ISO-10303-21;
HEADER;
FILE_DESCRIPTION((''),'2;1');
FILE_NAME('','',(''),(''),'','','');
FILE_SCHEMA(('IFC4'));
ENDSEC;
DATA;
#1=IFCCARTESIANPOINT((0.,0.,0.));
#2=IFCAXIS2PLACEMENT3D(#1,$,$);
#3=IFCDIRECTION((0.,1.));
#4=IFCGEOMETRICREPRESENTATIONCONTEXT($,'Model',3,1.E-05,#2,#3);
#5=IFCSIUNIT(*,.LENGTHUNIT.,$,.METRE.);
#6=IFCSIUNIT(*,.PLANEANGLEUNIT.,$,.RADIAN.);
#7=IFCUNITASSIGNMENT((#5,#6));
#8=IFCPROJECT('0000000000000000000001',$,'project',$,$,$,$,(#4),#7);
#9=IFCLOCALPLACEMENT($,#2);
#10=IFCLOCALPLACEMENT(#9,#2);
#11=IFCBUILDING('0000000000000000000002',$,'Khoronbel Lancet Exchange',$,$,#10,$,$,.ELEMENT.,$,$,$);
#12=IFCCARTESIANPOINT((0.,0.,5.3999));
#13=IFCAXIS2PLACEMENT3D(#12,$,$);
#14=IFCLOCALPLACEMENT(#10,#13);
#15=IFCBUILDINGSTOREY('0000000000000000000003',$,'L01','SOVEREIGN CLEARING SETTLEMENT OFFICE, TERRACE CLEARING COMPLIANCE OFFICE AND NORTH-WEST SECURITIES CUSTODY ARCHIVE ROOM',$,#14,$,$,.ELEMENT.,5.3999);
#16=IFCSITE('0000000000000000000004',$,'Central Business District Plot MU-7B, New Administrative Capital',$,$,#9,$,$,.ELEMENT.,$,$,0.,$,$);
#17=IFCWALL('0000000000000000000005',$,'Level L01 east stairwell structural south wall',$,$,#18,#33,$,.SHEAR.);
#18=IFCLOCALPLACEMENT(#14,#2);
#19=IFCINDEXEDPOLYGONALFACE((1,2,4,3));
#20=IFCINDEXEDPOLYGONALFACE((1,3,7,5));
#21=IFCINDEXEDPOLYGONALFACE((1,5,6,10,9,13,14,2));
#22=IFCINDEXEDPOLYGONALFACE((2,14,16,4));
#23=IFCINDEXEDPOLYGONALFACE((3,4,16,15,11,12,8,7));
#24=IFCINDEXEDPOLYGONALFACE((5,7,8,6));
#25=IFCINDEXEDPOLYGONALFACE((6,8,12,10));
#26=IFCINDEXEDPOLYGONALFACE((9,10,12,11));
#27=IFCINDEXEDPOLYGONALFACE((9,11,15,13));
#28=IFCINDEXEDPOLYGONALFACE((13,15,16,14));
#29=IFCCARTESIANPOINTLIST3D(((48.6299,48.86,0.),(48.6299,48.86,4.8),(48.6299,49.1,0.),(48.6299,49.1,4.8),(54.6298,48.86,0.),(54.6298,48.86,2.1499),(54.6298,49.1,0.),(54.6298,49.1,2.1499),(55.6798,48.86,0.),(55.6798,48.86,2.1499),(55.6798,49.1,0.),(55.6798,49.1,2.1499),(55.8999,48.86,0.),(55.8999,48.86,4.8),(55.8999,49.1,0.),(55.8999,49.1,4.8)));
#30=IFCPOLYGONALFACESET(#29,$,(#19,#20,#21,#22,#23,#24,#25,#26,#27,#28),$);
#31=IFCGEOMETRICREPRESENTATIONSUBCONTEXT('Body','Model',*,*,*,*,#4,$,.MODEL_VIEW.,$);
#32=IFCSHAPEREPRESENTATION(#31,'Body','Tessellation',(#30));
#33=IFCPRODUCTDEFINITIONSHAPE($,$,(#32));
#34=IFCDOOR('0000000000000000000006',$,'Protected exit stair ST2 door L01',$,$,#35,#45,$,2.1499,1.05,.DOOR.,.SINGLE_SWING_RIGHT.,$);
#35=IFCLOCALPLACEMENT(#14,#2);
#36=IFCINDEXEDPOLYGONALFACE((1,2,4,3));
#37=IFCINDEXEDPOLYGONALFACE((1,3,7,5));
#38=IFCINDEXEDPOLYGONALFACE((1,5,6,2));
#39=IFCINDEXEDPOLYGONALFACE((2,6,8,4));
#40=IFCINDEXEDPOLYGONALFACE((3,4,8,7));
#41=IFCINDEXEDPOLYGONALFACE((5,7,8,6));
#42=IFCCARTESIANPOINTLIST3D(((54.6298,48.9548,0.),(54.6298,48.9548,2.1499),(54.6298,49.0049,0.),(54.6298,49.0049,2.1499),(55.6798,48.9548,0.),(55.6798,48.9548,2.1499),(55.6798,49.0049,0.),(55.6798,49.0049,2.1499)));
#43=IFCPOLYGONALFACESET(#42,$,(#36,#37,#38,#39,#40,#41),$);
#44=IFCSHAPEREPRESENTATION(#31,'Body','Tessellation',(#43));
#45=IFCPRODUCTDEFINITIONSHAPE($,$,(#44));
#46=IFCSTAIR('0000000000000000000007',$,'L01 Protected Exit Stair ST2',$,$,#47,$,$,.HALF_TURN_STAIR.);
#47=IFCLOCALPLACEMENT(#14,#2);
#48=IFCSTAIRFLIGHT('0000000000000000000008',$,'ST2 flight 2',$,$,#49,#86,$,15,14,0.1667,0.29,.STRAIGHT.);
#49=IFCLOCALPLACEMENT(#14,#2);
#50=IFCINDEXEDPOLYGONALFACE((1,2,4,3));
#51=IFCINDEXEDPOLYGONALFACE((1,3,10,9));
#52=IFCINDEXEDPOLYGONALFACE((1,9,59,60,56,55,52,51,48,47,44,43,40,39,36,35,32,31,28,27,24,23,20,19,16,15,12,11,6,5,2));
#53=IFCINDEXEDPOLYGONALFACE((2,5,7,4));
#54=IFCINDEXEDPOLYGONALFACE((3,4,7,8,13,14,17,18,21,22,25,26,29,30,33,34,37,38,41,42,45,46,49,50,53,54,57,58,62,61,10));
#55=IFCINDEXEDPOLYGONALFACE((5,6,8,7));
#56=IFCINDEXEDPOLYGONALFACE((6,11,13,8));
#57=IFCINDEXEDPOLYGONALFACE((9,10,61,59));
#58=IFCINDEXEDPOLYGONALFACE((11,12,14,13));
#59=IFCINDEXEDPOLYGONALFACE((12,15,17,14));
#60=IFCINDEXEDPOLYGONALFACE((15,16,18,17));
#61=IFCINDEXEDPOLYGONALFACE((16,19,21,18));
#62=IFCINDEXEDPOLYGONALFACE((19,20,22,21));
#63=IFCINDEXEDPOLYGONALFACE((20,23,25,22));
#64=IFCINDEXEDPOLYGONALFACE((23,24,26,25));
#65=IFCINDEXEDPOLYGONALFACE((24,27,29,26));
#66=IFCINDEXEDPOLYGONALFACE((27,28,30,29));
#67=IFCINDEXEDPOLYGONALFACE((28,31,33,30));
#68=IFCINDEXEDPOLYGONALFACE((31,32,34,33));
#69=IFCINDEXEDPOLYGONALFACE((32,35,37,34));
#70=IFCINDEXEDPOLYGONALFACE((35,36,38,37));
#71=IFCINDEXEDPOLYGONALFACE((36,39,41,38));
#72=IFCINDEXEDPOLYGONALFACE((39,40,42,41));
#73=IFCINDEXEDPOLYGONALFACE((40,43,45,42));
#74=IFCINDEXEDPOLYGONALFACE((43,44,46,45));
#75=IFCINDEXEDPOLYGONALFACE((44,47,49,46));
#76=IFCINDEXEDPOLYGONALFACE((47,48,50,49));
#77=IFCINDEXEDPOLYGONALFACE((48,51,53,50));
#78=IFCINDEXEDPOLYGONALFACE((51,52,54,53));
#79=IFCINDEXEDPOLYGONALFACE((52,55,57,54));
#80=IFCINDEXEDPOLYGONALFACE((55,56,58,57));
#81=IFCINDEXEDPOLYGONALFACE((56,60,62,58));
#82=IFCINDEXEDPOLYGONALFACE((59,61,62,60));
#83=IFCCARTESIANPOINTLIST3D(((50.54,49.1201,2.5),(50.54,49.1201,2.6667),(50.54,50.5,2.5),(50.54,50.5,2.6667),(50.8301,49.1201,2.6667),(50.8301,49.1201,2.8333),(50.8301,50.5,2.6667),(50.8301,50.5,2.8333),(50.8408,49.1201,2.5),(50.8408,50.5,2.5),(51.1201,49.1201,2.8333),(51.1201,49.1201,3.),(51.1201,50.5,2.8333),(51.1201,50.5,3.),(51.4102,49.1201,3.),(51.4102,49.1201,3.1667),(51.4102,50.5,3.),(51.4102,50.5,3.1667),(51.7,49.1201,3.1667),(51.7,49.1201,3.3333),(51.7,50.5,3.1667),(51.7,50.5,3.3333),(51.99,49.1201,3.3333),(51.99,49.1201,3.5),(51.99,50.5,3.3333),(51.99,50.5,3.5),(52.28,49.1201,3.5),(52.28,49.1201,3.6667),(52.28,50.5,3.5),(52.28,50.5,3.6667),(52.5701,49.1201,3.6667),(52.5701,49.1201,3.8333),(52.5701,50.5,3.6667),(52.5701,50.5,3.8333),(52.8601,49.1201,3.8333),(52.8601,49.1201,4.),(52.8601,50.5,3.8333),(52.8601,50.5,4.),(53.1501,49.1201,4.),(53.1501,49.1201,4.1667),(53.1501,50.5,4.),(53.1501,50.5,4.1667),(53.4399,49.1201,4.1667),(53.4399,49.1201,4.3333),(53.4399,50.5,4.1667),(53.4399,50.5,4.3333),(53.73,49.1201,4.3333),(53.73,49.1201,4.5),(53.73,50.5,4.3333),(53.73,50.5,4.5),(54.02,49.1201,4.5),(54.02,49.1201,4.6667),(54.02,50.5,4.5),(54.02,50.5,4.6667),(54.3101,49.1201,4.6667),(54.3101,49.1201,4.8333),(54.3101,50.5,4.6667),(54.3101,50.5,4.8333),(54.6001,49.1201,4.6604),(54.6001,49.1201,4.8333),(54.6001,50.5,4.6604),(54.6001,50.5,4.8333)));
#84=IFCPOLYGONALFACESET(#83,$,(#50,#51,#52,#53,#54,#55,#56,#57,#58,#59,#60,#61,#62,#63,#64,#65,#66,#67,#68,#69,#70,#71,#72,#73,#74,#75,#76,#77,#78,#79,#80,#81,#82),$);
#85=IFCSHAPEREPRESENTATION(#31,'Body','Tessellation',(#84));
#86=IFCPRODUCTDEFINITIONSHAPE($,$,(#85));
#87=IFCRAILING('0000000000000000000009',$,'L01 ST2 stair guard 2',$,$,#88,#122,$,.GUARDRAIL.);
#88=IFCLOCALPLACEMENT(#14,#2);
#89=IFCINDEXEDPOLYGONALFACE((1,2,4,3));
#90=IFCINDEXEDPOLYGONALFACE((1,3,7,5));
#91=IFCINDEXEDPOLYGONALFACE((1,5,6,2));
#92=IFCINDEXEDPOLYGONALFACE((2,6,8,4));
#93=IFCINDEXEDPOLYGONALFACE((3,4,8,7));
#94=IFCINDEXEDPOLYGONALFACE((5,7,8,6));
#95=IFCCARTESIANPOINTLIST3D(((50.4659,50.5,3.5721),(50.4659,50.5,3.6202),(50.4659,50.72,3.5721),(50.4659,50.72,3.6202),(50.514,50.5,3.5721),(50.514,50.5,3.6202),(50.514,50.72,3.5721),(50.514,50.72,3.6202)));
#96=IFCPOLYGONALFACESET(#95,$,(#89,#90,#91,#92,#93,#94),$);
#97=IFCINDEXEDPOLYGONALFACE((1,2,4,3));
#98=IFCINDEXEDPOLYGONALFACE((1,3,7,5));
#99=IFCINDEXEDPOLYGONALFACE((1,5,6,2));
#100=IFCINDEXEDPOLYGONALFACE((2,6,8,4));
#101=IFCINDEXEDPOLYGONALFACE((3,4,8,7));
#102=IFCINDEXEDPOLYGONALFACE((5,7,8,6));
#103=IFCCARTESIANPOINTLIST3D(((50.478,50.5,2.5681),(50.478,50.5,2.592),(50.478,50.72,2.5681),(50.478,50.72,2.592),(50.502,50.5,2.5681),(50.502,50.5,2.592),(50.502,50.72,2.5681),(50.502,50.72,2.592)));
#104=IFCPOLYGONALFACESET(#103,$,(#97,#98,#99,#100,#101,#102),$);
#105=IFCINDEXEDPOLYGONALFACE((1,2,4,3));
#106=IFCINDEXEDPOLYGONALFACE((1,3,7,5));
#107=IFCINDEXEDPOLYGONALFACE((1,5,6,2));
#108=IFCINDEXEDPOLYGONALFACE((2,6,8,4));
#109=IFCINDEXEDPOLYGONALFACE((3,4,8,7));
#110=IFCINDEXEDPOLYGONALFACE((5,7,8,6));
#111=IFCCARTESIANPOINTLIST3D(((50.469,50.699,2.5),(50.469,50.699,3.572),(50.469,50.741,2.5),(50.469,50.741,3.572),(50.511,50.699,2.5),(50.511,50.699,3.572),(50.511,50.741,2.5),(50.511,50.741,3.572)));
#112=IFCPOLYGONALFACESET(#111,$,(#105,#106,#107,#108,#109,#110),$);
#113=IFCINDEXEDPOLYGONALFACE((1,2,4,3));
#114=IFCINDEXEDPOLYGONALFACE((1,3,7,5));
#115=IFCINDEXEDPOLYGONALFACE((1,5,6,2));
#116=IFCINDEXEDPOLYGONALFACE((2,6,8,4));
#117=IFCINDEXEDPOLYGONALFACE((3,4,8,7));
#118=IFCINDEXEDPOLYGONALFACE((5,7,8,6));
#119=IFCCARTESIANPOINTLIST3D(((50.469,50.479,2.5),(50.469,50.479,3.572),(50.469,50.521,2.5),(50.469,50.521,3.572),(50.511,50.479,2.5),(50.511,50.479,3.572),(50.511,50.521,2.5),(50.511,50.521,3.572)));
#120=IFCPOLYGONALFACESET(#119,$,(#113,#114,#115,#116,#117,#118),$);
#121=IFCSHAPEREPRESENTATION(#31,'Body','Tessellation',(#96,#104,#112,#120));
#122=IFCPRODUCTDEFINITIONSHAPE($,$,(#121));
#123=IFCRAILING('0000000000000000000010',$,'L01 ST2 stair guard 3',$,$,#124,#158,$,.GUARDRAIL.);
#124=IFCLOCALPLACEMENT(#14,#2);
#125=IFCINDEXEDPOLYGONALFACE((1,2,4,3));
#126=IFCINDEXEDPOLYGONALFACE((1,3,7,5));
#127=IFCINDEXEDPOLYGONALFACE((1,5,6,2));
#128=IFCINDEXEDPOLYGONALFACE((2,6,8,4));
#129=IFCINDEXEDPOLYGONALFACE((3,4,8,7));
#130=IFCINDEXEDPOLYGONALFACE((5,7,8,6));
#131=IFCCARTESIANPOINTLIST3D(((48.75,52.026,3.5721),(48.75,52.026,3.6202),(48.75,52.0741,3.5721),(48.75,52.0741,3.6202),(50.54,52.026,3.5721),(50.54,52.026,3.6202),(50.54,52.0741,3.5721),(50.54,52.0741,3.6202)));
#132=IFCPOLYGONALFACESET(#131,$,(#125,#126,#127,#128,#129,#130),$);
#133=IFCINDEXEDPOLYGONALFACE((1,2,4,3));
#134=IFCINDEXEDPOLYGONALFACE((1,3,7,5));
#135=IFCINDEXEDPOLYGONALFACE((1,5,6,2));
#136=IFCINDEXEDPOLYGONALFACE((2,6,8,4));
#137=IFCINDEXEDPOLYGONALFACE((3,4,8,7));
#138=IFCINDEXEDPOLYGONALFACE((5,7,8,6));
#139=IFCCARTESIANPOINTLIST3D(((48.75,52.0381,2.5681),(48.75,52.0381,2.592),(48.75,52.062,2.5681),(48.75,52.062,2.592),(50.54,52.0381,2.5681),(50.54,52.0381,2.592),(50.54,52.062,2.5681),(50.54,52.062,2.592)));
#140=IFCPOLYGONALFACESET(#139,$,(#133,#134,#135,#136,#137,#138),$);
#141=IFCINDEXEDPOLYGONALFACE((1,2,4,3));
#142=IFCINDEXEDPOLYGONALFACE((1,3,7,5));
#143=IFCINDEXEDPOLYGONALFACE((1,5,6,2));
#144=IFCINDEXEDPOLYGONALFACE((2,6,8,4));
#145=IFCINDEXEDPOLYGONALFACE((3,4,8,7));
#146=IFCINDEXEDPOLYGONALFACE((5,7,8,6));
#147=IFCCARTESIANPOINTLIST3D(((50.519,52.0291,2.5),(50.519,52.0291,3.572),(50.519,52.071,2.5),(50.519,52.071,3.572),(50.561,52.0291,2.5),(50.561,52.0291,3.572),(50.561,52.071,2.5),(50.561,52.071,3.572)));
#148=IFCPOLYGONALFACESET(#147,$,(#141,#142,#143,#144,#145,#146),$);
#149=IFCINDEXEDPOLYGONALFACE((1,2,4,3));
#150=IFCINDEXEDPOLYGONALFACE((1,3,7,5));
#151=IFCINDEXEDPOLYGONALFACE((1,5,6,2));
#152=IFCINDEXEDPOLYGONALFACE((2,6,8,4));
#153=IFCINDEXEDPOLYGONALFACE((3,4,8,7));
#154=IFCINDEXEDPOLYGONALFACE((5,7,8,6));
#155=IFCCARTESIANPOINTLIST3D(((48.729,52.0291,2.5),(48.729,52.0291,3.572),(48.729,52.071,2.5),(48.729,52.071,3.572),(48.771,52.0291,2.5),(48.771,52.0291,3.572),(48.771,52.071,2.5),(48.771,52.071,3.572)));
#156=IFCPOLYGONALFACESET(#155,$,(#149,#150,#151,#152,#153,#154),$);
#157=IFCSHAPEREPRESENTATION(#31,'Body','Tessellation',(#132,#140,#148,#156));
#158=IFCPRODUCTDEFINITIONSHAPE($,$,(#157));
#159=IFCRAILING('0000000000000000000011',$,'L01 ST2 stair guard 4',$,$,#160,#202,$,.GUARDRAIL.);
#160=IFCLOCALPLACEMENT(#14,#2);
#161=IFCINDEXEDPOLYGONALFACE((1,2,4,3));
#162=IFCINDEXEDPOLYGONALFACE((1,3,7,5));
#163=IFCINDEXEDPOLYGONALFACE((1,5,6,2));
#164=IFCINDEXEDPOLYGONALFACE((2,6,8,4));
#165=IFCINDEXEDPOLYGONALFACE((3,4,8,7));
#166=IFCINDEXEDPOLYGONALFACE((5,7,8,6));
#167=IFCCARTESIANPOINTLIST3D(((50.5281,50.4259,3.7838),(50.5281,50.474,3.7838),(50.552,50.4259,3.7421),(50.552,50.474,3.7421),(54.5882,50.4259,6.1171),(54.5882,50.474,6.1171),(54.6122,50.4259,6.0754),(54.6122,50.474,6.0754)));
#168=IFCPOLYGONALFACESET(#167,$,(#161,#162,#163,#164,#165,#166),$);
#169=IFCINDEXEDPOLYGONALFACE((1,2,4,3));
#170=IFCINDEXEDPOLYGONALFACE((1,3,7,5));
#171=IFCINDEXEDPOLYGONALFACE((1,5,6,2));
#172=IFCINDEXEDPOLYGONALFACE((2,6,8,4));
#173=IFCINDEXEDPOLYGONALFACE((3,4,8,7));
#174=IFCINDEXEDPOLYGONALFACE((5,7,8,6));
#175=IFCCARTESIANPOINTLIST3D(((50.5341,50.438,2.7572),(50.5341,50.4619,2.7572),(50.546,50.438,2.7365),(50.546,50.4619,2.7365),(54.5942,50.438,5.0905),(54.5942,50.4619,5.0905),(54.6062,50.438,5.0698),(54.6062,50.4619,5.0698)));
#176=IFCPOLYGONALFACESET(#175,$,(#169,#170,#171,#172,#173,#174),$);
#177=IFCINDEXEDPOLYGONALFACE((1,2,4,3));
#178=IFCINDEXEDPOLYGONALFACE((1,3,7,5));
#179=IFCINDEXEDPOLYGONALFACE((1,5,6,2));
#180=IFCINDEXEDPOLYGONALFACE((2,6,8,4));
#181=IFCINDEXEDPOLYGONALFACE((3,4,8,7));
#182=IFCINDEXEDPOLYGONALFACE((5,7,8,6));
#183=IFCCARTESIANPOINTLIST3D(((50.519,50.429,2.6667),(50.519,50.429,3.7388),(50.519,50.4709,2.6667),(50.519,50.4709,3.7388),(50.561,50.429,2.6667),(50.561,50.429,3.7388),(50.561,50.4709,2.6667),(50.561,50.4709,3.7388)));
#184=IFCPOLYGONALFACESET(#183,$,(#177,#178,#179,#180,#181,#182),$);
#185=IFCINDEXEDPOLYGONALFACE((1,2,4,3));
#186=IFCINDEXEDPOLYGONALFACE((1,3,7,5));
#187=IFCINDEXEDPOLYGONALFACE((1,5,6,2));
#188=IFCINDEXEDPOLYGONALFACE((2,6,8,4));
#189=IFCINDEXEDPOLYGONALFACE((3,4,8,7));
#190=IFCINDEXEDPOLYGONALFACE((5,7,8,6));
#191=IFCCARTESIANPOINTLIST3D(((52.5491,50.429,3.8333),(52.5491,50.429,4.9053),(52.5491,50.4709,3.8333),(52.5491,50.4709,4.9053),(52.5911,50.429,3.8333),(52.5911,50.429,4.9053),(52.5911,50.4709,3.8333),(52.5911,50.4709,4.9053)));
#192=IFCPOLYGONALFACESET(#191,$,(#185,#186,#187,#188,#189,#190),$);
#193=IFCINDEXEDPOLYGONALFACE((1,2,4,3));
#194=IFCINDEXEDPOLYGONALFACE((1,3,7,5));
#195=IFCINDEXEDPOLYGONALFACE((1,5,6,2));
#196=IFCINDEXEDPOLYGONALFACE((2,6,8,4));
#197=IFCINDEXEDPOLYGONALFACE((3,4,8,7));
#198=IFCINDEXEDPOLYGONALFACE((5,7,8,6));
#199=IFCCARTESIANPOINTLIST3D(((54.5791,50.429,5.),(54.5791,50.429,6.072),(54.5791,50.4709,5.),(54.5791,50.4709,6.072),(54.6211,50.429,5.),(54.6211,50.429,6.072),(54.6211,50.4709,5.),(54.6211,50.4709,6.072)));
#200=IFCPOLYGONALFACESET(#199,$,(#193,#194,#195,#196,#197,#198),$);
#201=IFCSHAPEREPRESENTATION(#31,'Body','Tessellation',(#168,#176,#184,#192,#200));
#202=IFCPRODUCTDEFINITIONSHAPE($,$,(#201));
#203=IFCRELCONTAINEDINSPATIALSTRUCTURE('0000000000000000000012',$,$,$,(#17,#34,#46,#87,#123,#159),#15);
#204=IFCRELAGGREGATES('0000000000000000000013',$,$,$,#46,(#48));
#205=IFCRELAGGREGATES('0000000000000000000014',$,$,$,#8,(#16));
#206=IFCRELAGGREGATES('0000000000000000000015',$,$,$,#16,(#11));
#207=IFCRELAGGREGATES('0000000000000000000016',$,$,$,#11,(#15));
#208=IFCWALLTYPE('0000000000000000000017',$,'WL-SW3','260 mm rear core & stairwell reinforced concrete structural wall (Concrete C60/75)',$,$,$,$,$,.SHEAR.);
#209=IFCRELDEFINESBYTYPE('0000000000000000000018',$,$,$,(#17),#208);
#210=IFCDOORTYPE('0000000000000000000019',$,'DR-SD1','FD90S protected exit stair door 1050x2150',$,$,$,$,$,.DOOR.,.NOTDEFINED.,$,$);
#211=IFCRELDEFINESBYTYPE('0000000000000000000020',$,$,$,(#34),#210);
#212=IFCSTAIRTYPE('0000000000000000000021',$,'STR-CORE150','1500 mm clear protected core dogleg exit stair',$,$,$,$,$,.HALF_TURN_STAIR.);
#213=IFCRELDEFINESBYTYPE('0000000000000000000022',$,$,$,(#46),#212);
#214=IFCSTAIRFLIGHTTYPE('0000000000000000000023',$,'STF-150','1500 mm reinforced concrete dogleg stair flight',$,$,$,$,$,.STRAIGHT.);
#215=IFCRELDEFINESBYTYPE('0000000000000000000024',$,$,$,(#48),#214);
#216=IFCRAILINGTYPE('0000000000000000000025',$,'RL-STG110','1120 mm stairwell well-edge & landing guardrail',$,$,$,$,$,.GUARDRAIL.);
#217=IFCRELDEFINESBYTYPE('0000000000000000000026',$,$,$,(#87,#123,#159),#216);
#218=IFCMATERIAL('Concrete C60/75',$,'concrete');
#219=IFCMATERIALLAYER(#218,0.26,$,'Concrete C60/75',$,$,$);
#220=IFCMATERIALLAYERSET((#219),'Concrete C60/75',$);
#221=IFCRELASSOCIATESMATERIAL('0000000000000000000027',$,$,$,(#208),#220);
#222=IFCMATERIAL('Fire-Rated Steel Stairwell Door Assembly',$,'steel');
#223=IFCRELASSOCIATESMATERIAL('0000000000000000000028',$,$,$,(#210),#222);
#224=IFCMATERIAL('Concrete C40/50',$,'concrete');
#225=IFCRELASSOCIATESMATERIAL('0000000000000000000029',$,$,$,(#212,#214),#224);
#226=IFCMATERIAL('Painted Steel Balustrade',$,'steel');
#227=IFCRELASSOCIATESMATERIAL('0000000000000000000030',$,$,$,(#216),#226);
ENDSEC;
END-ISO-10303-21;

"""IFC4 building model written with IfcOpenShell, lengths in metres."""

from ifc_helpers import new_model, si_unit, direction, frame, frame_2d, origin, origin_2d, place, context, subcontext, project, spatial, polyline, rectangle, outline, extrude, material, layer, layer_set, type_object, element, fill, aggregate, save


model = new_model("IFC4")

# Units and contexts
model_context = context("Model", 3, precision=1e-05, world=origin(), true_north=direction((0.0, 1.0)))
body_context = subcontext(model_context, "Body", "Model", "MODEL_VIEW")
ifc_project = project(units=[si_unit("LENGTHUNIT", "METRE"), si_unit("PLANEANGLEUNIT", "RADIAN")], contexts=[model_context])

# Site, building, storey
site_placement = place(None, origin())
site = spatial("IfcSite", under=ifc_project, at=site_placement, Name="Central Business District Plot MU-7B, New Administrative Capital", CompositionType="ELEMENT", RefElevation=0.0)
building_placement = place(site_placement, origin())
building = spatial("IfcBuilding", under=site, at=building_placement, Name="Khoronbel Lancet Exchange", CompositionType="ELEMENT")
storey_placement = place(building_placement, frame((0.0, 0.0, 5.3999)))
storey = spatial("IfcBuildingStorey", under=building, at=storey_placement, Name="L01", Description="SOVEREIGN CLEARING SETTLEMENT OFFICE, TERRACE CLEARING COMPLIANCE OFFICE AND NORTH-WEST SECURITIES CUSTODY ARCHIVE ROOM", CompositionType="ELEMENT", Elevation=5.3999)

# Wall, opening, door
ifc_material_1 = material(Name="Concrete C60/75", Category="concrete")
ifc_layer_1 = layer(ifc_material_1, 0.26, Name="Concrete C60/75")
ifc_layer_set_1 = layer_set([ifc_layer_1], Name="Concrete C60/75")
wall_type_1 = type_object("IfcWallType", Name="WL-SW3", Description="260 mm rear core & stairwell reinforced concrete structural wall (Concrete C60/75)", PredefinedType="SHEAR", material=ifc_layer_set_1)
wall_1_placement = place(storey_placement, frame((48.6299, 48.98, 0.0), z_axis=(0.0, 0.0, 1.0), x_axis=(1.0, 0.0, 0.0)))
wall_1 = element("IfcWall", 1, at=wall_1_placement, inside=storey, type_object=wall_type_1, Name="Level L01 east stairwell structural south wall", PredefinedType="SHEAR", context=body_context, shape_type="SweptSolid", body=[
    extrude(rectangle(XDim=7.27, YDim=0.24, at=frame_2d((3.635, 0.0))), origin(), (0.0, 0.0, 1.0), 4.8),
])
opening_1_placement = place(wall_1_placement, frame((6.0, 0.0, 0.0)))
opening_1 = element("IfcOpeningElement", 2, at=opening_1_placement, cuts=wall_1, PredefinedType="OPENING", context=body_context, shape_type="SweptSolid", body=[
    extrude(rectangle(XDim=1.05, YDim=2.1499, at=frame_2d((0.5249, 1.075))), frame((0.0, 0.1299, 0.0), z_axis=(0.0, -1.0, 0.0), x_axis=(1.0, 0.0, 0.0)), (0.0, 0.0, 1.0), 0.26),
])
ifc_material_2 = material(Name="Fire-Rated Steel Stairwell Door Assembly", Category="steel")
door_type_1 = type_object("IfcDoorType", Name="DR-SD1", Description="FD90S protected exit stair door 1050x2150", OperationType="NOTDEFINED", PredefinedType="DOOR", material=ifc_material_2)
door_1_placement = place(opening_1_placement, origin())
door_1 = element("IfcDoor", 3, at=door_1_placement, inside=storey, type_object=door_type_1, Name="Protected exit stair ST2 door L01", OperationType="SINGLE_SWING_RIGHT", OverallHeight=2.1499, OverallWidth=1.05, PredefinedType="DOOR", context=body_context, shape_type="SweptSolid", body=[
    extrude(rectangle(XDim=1.05, YDim=2.1499, at=frame_2d((0.5249, 1.075))), frame((0.0, 0.0249, 0.0), z_axis=(0.0, -1.0, 0.0), x_axis=(1.0, 0.0, 0.0)), (0.0, 0.0, 1.0), 0.05),
])
fill(opening_1, door_1)

# Stair, stair flight
ifc_material_3 = material(Name="Concrete C40/50", Category="concrete")
stair_type = type_object("IfcStairType", Name="STR-CORE150", Description="1500 mm clear protected core dogleg exit stair", PredefinedType="HALF_TURN_STAIR", material=ifc_material_3)
stair_placement = place(storey_placement, origin())
stair = element("IfcStair", 4, at=stair_placement, inside=storey, type_object=stair_type, Name="L01 Protected Exit Stair ST2", PredefinedType="HALF_TURN_STAIR")
stair_flight_type = type_object("IfcStairFlightType", Name="STF-150", Description="1500 mm reinforced concrete dogleg stair flight", PredefinedType="STRAIGHT", material=ifc_material_3)
stair_flight_placement = place(storey_placement, frame((50.54, 49.8101, 2.5), z_axis=(0.0, 0.0, 1.0), x_axis=(1.0, 0.0, 0.0)))
stair_flight = element("IfcStairFlight", 5, at=stair_flight_placement, type_object=stair_flight_type, Name="ST2 flight 2", NumberOfRisers=15, NumberOfTreads=14, PredefinedType="STRAIGHT", RiserHeight=0.1667, TreadLength=0.29, context=body_context, shape_type="SweptSolid", body=[
    extrude(outline(polyline([(0.0, 0.0), (0.0, 0.1667), (0.29, 0.1667), (0.29, 0.3333), (0.5801, 0.3333), (0.5801, 0.5), (0.8701, 0.5), (0.8701, 0.6667), (1.1599, 0.6667), (1.1599, 0.8333), (1.45, 0.8333), (1.45, 1.0), (1.74, 1.0), (1.74, 1.1667), (2.03, 1.1667), (2.03, 1.3333), (2.3201, 1.3333), (2.3201, 1.5), (2.6101, 1.5), (2.6101, 1.6667), (2.8999, 1.6667), (2.8999, 1.8333), (3.1899, 1.8333), (3.1899, 2.0), (3.48, 2.0), (3.48, 2.1667), (3.77, 2.1667), (3.77, 2.3333), (4.0601, 2.3333), (4.0601, 2.5), (4.0601, 2.1604), (0.3008, 0.0), (0.0, 0.0)])), frame((0.0, 0.6899, 0.0), z_axis=(0.0, -1.0, 0.0), x_axis=(1.0, 0.0, 0.0)), (0.0, 0.0, 1.0), 1.3799),
])
aggregate(stair, [stair_flight])

# Railings
ifc_material_4 = material(Name="Painted Steel Balustrade", Category="steel")
railing_type_1 = type_object("IfcRailingType", Name="RL-STG110", Description="1120 mm stairwell well-edge & landing guardrail", PredefinedType="GUARDRAIL", material=ifc_material_4)
railing_1_placement = place(storey_placement, frame((50.49, 50.72, 2.5)))
element("IfcRailing", 6, at=railing_1_placement, inside=storey, type_object=railing_type_1, Name="L01 ST2 stair guard 2", PredefinedType="GUARDRAIL", context=body_context, shape_type="SweptSolid", body=[
    extrude(rectangle(XDim=0.0481, YDim=0.0481, at=origin_2d()), frame((0.0, 0.0, 1.0962), z_axis=(0.0, -1.0, 0.0), x_axis=(1.0, 0.0, 0.0)), (0.0, 0.0, 1.0), 0.22),
    extrude(rectangle(XDim=0.0239, YDim=0.0239, at=origin_2d()), frame((0.0, 0.0, 0.0801), z_axis=(0.0, -1.0, 0.0), x_axis=(1.0, 0.0, 0.0)), (0.0, 0.0, 1.0), 0.22),
    extrude(rectangle(XDim=0.042, YDim=0.042, at=origin_2d()), origin(), (0.0, 0.0, 1.0), 1.072),
    extrude(rectangle(XDim=0.042, YDim=0.042, at=origin_2d()), frame((0.0, -0.22, 0.0)), (0.0, 0.0, 1.0), 1.072),
])
railing_2_placement = place(storey_placement, frame((50.54, 52.05, 2.5)))
element("IfcRailing", 7, at=railing_2_placement, inside=storey, type_object=railing_type_1, Name="L01 ST2 stair guard 3", PredefinedType="GUARDRAIL", context=body_context, shape_type="SweptSolid", body=[
    extrude(rectangle(XDim=0.0481, YDim=0.0481, at=origin_2d()), frame((0.0, 0.0, 1.0962), z_axis=(-1.0, 0.0, 0.0), x_axis=(0.0, -1.0, 0.0)), (0.0, 0.0, 1.0), 1.79),
    extrude(rectangle(XDim=0.0239, YDim=0.0239, at=origin_2d()), frame((0.0, 0.0, 0.0801), z_axis=(-1.0, 0.0, 0.0), x_axis=(0.0, -1.0, 0.0)), (0.0, 0.0, 1.0), 1.79),
    extrude(rectangle(XDim=0.042, YDim=0.042, at=origin_2d()), origin(), (0.0, 0.0, 1.0), 1.072),
    extrude(rectangle(XDim=0.042, YDim=0.042, at=origin_2d()), frame((-1.79, 0.0, 0.0)), (0.0, 0.0, 1.0), 1.072),
])
railing_3_placement = place(storey_placement, frame((50.54, 50.45, 2.6667)))
element("IfcRailing", 8, at=railing_3_placement, inside=storey, type_object=railing_type_1, Name="L01 ST2 stair guard 4", PredefinedType="GUARDRAIL", context=body_context, shape_type="SweptSolid", body=[
    extrude(rectangle(XDim=0.0481, YDim=0.0481, at=origin_2d()), frame((0.0, 0.0, 1.0962), z_axis=(0.867025, 0.0, 0.498265), x_axis=(0.0, 1.0, 0.0)), (0.0, 0.0, 1.0), 4.6829),
    extrude(rectangle(XDim=0.0239, YDim=0.0239, at=origin_2d()), frame((0.0, 0.0, 0.0801), z_axis=(0.867025, 0.0, 0.498265), x_axis=(0.0, 1.0, 0.0)), (0.0, 0.0, 1.0), 4.6829),
    extrude(rectangle(XDim=0.042, YDim=0.042, at=origin_2d()), origin(), (0.0, 0.0, 1.0), 1.072),
    extrude(rectangle(XDim=0.042, YDim=0.042, at=origin_2d()), frame((2.03, 0.0, 1.1665)), (0.0, 0.0, 1.0), 1.072),
    extrude(rectangle(XDim=0.042, YDim=0.042, at=origin_2d()), frame((4.0601, 0.0, 2.3333)), (0.0, 0.0, 1.0), 1.072),
])

save(model, "model.ifc")
